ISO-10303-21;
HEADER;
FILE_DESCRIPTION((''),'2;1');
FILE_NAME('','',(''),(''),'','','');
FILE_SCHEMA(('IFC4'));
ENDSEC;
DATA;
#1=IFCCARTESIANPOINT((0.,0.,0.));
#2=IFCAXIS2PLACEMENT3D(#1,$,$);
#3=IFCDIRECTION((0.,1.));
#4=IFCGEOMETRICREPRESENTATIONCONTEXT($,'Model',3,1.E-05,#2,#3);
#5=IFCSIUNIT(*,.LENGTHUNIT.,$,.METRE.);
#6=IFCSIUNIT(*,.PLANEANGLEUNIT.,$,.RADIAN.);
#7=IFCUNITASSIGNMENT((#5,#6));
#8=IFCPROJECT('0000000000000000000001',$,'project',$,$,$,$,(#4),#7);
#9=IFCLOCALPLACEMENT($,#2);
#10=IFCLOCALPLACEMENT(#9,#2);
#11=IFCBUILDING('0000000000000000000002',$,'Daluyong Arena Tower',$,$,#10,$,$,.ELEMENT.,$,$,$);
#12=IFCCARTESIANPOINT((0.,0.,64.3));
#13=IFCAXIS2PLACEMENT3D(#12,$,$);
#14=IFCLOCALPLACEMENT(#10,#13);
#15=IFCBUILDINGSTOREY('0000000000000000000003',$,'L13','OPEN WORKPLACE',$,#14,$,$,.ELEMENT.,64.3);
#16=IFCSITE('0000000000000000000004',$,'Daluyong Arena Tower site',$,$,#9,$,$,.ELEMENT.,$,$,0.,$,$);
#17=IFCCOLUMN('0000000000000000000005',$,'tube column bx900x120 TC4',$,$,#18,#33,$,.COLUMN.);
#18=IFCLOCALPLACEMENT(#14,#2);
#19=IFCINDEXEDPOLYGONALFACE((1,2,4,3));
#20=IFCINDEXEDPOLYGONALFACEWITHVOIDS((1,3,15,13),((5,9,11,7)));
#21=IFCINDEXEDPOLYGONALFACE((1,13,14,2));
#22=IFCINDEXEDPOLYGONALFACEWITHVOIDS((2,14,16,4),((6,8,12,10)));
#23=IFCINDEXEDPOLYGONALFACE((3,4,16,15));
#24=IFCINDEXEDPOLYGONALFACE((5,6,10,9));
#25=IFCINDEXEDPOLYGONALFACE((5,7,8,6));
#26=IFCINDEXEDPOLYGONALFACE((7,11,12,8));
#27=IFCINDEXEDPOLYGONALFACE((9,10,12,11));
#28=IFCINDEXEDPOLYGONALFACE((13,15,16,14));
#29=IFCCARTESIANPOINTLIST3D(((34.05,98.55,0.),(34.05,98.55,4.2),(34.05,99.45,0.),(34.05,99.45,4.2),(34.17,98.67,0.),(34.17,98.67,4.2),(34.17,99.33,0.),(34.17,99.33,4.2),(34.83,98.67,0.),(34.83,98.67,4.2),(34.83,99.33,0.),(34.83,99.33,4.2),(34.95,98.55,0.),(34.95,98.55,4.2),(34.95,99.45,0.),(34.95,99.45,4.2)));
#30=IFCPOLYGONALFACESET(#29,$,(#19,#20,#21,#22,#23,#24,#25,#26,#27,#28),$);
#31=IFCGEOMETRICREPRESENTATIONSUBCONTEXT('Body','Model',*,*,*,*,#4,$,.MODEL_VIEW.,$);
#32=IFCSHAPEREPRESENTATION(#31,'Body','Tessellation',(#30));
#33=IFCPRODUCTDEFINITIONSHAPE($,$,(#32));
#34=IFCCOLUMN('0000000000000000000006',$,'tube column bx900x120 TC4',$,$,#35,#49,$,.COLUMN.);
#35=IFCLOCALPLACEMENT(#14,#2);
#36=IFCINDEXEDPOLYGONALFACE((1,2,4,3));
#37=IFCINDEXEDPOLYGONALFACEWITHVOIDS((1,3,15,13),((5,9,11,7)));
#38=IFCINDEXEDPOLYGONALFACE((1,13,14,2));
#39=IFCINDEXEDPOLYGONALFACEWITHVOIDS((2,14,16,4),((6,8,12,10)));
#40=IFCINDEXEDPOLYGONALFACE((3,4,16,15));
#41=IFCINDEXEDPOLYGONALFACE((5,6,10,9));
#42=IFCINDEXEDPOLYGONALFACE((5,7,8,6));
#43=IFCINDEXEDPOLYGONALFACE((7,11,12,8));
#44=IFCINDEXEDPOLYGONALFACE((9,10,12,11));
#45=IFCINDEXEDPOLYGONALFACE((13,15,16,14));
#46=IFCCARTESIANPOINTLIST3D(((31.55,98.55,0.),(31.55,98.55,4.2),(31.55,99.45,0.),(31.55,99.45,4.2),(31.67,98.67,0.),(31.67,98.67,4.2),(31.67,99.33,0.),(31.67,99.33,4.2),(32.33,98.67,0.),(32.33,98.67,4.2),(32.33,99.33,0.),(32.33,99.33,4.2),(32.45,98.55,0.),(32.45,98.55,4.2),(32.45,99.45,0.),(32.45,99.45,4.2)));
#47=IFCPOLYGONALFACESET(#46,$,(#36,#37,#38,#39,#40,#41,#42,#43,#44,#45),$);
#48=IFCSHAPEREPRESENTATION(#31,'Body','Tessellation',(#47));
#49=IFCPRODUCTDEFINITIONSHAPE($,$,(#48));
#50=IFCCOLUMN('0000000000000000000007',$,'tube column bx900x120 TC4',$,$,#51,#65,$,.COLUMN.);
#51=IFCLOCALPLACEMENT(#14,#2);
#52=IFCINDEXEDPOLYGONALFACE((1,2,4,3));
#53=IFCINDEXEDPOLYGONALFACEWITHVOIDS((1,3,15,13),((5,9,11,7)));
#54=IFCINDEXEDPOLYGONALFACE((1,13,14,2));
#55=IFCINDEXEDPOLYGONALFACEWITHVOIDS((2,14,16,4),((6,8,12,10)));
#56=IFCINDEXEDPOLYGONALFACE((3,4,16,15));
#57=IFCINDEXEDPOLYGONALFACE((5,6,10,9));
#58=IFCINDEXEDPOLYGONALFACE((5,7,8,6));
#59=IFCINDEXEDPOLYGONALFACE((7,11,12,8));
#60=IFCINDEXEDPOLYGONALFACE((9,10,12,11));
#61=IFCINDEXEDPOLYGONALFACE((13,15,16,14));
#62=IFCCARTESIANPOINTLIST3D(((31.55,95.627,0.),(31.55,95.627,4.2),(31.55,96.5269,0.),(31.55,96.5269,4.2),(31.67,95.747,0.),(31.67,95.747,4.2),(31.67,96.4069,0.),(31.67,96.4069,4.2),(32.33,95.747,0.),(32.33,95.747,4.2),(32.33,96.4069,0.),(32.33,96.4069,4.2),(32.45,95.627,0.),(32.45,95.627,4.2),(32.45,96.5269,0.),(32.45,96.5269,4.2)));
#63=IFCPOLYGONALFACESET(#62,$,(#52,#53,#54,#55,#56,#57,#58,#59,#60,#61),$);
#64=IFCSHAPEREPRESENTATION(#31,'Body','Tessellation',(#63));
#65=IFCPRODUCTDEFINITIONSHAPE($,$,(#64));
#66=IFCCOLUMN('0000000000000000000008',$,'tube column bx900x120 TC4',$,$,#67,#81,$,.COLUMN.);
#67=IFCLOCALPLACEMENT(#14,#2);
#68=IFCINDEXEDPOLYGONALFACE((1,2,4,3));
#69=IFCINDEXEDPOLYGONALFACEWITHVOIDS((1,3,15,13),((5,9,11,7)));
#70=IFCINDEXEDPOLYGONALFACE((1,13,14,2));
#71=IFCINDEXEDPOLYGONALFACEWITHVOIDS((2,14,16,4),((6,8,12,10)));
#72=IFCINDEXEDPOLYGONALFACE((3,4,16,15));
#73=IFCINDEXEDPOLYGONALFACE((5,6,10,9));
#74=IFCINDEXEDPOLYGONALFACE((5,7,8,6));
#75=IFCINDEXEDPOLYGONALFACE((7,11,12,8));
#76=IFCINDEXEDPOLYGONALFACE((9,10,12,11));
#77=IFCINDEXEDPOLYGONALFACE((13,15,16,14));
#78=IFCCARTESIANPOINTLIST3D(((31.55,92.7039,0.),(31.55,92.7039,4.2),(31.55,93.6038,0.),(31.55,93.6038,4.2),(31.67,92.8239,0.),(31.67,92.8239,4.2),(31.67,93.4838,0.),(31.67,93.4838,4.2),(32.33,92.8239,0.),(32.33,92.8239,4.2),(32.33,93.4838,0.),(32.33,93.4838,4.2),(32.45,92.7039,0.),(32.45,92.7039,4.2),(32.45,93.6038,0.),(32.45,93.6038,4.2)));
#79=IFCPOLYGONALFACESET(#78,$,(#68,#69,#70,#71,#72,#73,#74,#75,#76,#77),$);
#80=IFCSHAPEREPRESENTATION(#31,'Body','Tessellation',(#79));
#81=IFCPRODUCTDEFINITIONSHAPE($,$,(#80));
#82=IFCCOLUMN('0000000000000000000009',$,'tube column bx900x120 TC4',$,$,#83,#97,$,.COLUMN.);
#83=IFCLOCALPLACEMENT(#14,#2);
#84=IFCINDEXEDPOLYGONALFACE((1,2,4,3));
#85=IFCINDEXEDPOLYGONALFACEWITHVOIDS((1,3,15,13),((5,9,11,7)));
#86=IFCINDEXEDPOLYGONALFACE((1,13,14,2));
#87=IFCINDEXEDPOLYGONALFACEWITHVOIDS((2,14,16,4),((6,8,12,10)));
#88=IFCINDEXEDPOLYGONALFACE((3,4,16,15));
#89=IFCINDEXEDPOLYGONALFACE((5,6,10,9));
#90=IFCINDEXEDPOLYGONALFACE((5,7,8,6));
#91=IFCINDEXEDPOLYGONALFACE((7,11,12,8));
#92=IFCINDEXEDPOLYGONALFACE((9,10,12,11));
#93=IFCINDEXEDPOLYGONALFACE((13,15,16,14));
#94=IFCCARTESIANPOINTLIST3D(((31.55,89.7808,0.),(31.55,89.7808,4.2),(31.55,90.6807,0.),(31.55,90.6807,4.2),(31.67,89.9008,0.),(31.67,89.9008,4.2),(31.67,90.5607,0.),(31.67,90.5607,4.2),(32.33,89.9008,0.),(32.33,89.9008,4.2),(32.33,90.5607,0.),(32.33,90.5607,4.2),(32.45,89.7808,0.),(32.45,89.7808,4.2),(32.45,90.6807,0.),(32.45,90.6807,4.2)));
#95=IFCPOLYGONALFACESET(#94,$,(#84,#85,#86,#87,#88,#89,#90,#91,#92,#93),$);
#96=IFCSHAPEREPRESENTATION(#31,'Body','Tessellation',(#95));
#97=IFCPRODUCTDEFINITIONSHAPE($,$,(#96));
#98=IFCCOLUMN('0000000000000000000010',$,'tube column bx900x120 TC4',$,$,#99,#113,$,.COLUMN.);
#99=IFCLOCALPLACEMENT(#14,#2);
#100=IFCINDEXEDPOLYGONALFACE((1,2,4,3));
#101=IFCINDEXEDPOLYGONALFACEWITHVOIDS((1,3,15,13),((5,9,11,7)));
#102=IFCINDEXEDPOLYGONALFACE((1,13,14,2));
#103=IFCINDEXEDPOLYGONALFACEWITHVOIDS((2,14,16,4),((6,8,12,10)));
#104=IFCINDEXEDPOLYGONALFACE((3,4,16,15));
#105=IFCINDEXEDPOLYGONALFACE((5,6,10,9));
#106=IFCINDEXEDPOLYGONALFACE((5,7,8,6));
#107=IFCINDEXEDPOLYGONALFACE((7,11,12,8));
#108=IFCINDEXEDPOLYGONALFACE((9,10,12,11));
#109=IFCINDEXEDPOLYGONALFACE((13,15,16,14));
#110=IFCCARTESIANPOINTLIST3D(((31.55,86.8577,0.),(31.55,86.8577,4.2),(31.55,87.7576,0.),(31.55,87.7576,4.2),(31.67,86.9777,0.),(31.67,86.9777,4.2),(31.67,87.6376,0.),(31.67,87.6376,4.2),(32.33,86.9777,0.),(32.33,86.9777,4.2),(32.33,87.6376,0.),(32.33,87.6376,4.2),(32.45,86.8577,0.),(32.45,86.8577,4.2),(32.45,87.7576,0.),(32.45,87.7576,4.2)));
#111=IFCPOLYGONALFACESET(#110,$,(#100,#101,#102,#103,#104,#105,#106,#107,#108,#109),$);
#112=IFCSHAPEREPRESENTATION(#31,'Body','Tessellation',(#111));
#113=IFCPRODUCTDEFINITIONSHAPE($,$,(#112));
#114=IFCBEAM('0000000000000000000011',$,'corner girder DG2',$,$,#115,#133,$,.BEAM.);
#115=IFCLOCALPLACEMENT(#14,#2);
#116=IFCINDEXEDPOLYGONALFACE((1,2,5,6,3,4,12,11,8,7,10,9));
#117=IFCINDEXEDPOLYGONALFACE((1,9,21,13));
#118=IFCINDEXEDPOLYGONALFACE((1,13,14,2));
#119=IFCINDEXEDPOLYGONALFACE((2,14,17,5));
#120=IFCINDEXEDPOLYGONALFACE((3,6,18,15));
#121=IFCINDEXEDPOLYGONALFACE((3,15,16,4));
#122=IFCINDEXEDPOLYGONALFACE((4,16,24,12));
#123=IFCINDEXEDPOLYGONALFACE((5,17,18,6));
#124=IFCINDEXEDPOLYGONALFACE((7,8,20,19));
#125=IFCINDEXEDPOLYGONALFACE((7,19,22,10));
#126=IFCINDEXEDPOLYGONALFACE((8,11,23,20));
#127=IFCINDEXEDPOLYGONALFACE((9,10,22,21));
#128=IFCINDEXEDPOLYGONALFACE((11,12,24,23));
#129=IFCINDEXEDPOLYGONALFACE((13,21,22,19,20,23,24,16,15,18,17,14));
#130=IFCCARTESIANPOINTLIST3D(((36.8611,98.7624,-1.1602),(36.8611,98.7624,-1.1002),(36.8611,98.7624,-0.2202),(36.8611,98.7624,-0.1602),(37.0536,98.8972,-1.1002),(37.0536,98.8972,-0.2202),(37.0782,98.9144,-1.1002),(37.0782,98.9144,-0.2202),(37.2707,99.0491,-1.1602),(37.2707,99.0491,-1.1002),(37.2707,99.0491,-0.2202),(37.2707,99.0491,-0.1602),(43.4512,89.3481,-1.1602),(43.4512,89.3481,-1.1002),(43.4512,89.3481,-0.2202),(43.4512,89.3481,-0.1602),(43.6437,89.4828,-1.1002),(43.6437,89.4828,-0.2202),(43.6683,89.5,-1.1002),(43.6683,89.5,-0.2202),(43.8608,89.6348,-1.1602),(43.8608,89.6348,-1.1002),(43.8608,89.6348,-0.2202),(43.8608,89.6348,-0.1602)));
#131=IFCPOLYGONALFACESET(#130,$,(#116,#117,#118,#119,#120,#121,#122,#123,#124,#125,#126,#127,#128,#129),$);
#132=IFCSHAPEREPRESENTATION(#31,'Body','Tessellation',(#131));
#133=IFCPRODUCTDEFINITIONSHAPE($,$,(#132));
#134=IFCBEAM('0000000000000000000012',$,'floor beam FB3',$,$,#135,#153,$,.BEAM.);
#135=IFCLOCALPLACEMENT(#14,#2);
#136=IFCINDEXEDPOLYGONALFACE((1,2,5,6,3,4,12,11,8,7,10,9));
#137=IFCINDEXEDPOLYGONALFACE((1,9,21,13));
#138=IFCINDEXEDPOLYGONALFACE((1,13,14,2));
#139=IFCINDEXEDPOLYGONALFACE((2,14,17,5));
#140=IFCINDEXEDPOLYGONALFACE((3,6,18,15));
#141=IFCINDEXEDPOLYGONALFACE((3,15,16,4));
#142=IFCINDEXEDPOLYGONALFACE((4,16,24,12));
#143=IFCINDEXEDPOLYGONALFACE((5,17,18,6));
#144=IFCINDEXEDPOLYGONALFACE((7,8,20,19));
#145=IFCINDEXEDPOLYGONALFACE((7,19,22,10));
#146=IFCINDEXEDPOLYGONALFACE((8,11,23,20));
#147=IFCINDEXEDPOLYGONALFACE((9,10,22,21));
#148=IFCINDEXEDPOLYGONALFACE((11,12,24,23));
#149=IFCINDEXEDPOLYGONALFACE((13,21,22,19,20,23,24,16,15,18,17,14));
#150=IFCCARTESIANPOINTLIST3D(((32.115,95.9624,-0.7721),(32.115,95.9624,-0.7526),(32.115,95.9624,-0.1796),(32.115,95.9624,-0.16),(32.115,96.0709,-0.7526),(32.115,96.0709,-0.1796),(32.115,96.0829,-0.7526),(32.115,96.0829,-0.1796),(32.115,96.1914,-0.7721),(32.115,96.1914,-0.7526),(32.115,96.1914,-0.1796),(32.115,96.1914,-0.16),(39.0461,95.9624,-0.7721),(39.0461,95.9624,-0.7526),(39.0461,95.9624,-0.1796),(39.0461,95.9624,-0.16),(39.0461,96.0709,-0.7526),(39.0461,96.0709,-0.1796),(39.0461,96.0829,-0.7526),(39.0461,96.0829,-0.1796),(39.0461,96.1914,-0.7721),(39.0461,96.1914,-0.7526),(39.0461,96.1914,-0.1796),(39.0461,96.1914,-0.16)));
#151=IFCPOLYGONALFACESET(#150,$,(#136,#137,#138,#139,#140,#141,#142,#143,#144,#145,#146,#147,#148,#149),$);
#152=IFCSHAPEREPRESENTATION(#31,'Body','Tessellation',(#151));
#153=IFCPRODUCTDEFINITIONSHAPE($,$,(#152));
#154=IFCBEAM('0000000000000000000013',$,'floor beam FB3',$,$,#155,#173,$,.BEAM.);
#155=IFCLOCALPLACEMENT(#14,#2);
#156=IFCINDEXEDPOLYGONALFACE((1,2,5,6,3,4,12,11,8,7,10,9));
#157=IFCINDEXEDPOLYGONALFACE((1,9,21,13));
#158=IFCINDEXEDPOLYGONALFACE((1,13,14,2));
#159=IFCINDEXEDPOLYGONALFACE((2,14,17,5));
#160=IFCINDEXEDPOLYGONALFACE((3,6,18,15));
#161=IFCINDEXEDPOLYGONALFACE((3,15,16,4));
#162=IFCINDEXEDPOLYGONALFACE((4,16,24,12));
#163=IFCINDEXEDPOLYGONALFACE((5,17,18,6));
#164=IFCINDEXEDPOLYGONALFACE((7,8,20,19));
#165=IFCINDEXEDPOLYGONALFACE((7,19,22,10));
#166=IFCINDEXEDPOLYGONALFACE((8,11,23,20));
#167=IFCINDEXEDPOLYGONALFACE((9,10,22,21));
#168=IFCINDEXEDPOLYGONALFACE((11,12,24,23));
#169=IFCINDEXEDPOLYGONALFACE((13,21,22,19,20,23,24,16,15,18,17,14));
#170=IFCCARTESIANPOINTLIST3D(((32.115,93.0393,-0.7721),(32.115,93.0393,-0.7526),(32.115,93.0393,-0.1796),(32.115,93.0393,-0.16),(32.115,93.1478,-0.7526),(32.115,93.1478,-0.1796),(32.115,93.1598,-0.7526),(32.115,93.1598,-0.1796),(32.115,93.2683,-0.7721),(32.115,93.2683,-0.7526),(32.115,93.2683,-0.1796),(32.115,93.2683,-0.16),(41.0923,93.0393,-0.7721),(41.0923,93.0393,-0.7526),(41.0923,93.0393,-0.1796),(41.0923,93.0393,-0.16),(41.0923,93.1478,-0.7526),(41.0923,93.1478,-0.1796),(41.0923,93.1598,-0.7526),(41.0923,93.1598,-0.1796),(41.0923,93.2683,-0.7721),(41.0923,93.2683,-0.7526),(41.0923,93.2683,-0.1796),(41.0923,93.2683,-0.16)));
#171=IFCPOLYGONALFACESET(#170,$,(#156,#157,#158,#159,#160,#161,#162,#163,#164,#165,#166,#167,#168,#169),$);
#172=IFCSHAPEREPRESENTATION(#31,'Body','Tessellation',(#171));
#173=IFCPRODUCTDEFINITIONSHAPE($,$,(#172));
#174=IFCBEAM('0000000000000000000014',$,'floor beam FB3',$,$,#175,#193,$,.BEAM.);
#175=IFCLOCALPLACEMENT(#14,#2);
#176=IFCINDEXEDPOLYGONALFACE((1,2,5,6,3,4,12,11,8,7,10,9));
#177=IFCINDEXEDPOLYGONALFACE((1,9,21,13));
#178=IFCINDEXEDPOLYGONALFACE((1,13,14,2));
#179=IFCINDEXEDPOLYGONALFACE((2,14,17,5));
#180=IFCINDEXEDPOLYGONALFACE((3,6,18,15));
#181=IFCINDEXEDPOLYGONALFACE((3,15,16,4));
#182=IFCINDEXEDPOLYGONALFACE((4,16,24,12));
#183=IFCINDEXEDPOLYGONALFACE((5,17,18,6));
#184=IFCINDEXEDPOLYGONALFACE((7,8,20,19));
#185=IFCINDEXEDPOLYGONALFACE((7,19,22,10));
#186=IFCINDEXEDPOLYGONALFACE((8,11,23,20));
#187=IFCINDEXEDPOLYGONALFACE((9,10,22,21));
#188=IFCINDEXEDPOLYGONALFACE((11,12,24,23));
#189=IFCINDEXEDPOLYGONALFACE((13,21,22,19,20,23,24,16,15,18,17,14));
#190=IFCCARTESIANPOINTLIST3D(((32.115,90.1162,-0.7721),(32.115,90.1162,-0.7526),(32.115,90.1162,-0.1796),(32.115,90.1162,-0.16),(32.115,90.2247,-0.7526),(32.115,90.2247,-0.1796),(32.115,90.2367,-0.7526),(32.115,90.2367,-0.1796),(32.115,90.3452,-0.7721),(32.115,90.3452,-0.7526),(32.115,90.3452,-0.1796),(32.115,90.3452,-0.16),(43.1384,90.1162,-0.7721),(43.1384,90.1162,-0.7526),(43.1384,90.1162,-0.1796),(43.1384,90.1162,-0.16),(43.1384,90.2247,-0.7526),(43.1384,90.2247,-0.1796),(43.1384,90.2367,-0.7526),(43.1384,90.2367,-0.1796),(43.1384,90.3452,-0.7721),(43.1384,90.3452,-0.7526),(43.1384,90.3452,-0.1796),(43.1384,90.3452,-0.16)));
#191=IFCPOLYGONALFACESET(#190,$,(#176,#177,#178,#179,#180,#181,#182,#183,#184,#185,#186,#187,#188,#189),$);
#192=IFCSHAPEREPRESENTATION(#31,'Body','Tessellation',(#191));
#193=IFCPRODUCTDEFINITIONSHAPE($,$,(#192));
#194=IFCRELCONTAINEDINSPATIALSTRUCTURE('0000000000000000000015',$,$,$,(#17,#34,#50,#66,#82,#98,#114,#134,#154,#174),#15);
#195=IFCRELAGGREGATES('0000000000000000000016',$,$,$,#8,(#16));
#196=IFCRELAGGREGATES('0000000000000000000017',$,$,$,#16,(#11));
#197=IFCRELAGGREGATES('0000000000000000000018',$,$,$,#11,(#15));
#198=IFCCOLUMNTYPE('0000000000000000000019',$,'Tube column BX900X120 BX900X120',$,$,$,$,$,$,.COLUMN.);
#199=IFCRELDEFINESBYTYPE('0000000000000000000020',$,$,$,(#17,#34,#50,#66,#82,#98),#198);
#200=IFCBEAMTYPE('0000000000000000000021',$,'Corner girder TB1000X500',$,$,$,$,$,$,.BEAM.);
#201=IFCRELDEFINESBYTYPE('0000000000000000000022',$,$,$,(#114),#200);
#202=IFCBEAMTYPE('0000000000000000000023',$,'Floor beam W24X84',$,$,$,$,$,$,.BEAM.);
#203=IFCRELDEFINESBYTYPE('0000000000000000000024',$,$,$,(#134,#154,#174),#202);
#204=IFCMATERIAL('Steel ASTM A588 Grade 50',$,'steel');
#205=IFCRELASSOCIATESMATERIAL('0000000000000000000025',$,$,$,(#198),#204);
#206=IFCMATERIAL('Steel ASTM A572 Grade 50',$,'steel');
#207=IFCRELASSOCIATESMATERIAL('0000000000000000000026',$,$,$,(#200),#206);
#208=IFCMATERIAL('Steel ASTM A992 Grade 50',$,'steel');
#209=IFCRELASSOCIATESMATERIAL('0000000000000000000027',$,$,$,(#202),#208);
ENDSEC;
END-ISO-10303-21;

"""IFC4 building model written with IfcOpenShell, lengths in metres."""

from ifc_helpers import new_model, si_unit, direction, frame, origin, origin_2d, place, context, subcontext, project, spatial, hollow_rectangle, i_section, extrude, material, material_profile, profile_set, type_object, element, save


model = new_model("IFC4")

# Units and contexts
model_context = context("Model", 3, precision=1e-05, world=origin(), true_north=direction((0.0, 1.0)))
body_context = subcontext(model_context, "Body", "Model", "MODEL_VIEW")
ifc_project = project(units=[si_unit("LENGTHUNIT", "METRE"), si_unit("PLANEANGLEUNIT", "RADIAN")], contexts=[model_context])

# Site, building, storey
site_placement = place(None, origin())
site = spatial("IfcSite", under=ifc_project, at=site_placement, Name="Daluyong Arena Tower site", CompositionType="ELEMENT", RefElevation=0.0)
building_placement = place(site_placement, origin())
building = spatial("IfcBuilding", under=site, at=building_placement, Name="Daluyong Arena Tower", CompositionType="ELEMENT")
storey_placement = place(building_placement, frame((0.0, 0.0, 64.3)))
storey = spatial("IfcBuildingStorey", under=building, at=storey_placement, Name="L13", Description="OPEN WORKPLACE", CompositionType="ELEMENT", Elevation=64.3)

# Columns
ifc_material_1 = material(Name="Steel ASTM A588 Grade 50", Category="steel")
ifc_material_profile_1 = material_profile(ifc_material_1, hollow_rectangle(XDim=0.8999, YDim=0.8999, WallThickness=0.12, at=origin_2d()))
ifc_profile_set_1 = profile_set([ifc_material_profile_1], Name="Steel ASTM A588 Grade 50")
column_type = type_object("IfcColumnType", Name="Tube column BX900X120 BX900X120", PredefinedType="COLUMN", material=ifc_profile_set_1)
for number, where, z_axis, x_axis, name in (
    (1, (34.5, 99.0, 0.0), (0.0, 0.0, 1.0), (1.0, 0.0, 0.0), "tube column bx900x120 TC4"),
    (2, (32.0, 99.0, 0.0), (0.0, 0.0, 1.0), (0.0, 1.0, 0.0), "tube column bx900x120 TC4"),
    (3, (32.0, 96.0769, 0.0), (0.0, 0.0, 1.0), (0.0, 1.0, 0.0), "tube column bx900x120 TC4"),
    (4, (32.0, 93.1538, 0.0), (0.0, 0.0, 1.0), (0.0, 1.0, 0.0), "tube column bx900x120 TC4"),
    (5, (32.0, 90.2307, 0.0), (0.0, 0.0, 1.0), (0.0, 1.0, 0.0), "tube column bx900x120 TC4"),
    (6, (32.0, 87.3076, 0.0), (0.0, 0.0, 1.0), (0.0, 1.0, 0.0), "tube column bx900x120 TC4"),
):
    element("IfcColumn", number, at=place(storey_placement, frame(where, z_axis=z_axis, x_axis=x_axis)), inside=storey, type_object=column_type, Name=name, PredefinedType="COLUMN", context=body_context, shape_type="SweptSolid", body=[
        extrude(hollow_rectangle(XDim=0.8999, YDim=0.8999, WallThickness=0.12, at=origin_2d()), origin(), (0.0, 0.0, 1.0), 4.2),
    ])

# Beams
ifc_material_2 = material(Name="Steel ASTM A572 Grade 50", Category="steel")
ifc_material_profile_2 = material_profile(ifc_material_2, i_section(OverallWidth=0.5, OverallDepth=1.0, WebThickness=0.03, FlangeThickness=0.06, at=origin_2d()))
ifc_profile_set_2 = profile_set([ifc_material_profile_2], Name="Steel ASTM A572 Grade 50")
beam_type_1 = type_object("IfcBeamType", Name="Corner girder TB1000X500", PredefinedType="BEAM", material=ifc_profile_set_2)
beam_1_placement = place(storey_placement, frame((37.0659, 98.9058, -0.6602), z_axis=(0.573467, -0.819229, 0.0), x_axis=(0.819229, 0.573467, 0.0)))
element("IfcBeam", 7, at=beam_1_placement, inside=storey, type_object=beam_type_1, Name="corner girder DG2", PredefinedType="BEAM", context=body_context, shape_type="SweptSolid", body=[
    extrude(i_section(OverallWidth=0.5, OverallDepth=1.0, WebThickness=0.03, FlangeThickness=0.06, at=origin_2d()), origin(), (0.0, 0.0, 1.0), 11.4917),
])
ifc_material_3 = material(Name="Steel ASTM A992 Grade 50", Category="steel")
ifc_material_profile_3 = material_profile(ifc_material_3, i_section(OverallWidth=0.229, OverallDepth=0.6121, WebThickness=0.012, FlangeThickness=0.0195, at=origin_2d()))
ifc_profile_set_3 = profile_set([ifc_material_profile_3], Name="Steel ASTM A992 Grade 50")
beam_type_2 = type_object("IfcBeamType", Name="Floor beam W24X84", PredefinedType="BEAM", material=ifc_profile_set_3)
beam_2_placement = place(storey_placement, frame((32.115, 96.0769, -0.4661), z_axis=(1.0, 0.0, 0.0), x_axis=(0.0, 1.0, 0.0)))
element("IfcBeam", 8, at=beam_2_placement, inside=storey, type_object=beam_type_2, Name="floor beam FB3", PredefinedType="BEAM", context=body_context, shape_type="SweptSolid", body=[
    extrude(i_section(OverallWidth=0.229, OverallDepth=0.6121, WebThickness=0.012, FlangeThickness=0.0195, at=origin_2d()), origin(), (0.0, 0.0, 1.0), 6.9312),
])
beam_3_placement = place(storey_placement, frame((32.115, 93.1538, -0.4661), z_axis=(1.0, 0.0, 0.0), x_axis=(0.0, 1.0, 0.0)))
element("IfcBeam", 9, at=beam_3_placement, inside=storey, type_object=beam_type_2, Name="floor beam FB3", PredefinedType="BEAM", context=body_context, shape_type="SweptSolid", body=[
    extrude(i_section(OverallWidth=0.229, OverallDepth=0.6121, WebThickness=0.012, FlangeThickness=0.0195, at=origin_2d()), origin(), (0.0, 0.0, 1.0), 8.9773),
])
beam_4_placement = place(storey_placement, frame((32.115, 90.2307, -0.4661), z_axis=(1.0, 0.0, 0.0), x_axis=(0.0, 1.0, 0.0)))
element("IfcBeam", 10, at=beam_4_placement, inside=storey, type_object=beam_type_2, Name="floor beam FB3", PredefinedType="BEAM", context=body_context, shape_type="SweptSolid", body=[
    extrude(i_section(OverallWidth=0.229, OverallDepth=0.6121, WebThickness=0.012, FlangeThickness=0.0195, at=origin_2d()), origin(), (0.0, 0.0, 1.0), 11.0234),
])

save(model, "model.ifc")
